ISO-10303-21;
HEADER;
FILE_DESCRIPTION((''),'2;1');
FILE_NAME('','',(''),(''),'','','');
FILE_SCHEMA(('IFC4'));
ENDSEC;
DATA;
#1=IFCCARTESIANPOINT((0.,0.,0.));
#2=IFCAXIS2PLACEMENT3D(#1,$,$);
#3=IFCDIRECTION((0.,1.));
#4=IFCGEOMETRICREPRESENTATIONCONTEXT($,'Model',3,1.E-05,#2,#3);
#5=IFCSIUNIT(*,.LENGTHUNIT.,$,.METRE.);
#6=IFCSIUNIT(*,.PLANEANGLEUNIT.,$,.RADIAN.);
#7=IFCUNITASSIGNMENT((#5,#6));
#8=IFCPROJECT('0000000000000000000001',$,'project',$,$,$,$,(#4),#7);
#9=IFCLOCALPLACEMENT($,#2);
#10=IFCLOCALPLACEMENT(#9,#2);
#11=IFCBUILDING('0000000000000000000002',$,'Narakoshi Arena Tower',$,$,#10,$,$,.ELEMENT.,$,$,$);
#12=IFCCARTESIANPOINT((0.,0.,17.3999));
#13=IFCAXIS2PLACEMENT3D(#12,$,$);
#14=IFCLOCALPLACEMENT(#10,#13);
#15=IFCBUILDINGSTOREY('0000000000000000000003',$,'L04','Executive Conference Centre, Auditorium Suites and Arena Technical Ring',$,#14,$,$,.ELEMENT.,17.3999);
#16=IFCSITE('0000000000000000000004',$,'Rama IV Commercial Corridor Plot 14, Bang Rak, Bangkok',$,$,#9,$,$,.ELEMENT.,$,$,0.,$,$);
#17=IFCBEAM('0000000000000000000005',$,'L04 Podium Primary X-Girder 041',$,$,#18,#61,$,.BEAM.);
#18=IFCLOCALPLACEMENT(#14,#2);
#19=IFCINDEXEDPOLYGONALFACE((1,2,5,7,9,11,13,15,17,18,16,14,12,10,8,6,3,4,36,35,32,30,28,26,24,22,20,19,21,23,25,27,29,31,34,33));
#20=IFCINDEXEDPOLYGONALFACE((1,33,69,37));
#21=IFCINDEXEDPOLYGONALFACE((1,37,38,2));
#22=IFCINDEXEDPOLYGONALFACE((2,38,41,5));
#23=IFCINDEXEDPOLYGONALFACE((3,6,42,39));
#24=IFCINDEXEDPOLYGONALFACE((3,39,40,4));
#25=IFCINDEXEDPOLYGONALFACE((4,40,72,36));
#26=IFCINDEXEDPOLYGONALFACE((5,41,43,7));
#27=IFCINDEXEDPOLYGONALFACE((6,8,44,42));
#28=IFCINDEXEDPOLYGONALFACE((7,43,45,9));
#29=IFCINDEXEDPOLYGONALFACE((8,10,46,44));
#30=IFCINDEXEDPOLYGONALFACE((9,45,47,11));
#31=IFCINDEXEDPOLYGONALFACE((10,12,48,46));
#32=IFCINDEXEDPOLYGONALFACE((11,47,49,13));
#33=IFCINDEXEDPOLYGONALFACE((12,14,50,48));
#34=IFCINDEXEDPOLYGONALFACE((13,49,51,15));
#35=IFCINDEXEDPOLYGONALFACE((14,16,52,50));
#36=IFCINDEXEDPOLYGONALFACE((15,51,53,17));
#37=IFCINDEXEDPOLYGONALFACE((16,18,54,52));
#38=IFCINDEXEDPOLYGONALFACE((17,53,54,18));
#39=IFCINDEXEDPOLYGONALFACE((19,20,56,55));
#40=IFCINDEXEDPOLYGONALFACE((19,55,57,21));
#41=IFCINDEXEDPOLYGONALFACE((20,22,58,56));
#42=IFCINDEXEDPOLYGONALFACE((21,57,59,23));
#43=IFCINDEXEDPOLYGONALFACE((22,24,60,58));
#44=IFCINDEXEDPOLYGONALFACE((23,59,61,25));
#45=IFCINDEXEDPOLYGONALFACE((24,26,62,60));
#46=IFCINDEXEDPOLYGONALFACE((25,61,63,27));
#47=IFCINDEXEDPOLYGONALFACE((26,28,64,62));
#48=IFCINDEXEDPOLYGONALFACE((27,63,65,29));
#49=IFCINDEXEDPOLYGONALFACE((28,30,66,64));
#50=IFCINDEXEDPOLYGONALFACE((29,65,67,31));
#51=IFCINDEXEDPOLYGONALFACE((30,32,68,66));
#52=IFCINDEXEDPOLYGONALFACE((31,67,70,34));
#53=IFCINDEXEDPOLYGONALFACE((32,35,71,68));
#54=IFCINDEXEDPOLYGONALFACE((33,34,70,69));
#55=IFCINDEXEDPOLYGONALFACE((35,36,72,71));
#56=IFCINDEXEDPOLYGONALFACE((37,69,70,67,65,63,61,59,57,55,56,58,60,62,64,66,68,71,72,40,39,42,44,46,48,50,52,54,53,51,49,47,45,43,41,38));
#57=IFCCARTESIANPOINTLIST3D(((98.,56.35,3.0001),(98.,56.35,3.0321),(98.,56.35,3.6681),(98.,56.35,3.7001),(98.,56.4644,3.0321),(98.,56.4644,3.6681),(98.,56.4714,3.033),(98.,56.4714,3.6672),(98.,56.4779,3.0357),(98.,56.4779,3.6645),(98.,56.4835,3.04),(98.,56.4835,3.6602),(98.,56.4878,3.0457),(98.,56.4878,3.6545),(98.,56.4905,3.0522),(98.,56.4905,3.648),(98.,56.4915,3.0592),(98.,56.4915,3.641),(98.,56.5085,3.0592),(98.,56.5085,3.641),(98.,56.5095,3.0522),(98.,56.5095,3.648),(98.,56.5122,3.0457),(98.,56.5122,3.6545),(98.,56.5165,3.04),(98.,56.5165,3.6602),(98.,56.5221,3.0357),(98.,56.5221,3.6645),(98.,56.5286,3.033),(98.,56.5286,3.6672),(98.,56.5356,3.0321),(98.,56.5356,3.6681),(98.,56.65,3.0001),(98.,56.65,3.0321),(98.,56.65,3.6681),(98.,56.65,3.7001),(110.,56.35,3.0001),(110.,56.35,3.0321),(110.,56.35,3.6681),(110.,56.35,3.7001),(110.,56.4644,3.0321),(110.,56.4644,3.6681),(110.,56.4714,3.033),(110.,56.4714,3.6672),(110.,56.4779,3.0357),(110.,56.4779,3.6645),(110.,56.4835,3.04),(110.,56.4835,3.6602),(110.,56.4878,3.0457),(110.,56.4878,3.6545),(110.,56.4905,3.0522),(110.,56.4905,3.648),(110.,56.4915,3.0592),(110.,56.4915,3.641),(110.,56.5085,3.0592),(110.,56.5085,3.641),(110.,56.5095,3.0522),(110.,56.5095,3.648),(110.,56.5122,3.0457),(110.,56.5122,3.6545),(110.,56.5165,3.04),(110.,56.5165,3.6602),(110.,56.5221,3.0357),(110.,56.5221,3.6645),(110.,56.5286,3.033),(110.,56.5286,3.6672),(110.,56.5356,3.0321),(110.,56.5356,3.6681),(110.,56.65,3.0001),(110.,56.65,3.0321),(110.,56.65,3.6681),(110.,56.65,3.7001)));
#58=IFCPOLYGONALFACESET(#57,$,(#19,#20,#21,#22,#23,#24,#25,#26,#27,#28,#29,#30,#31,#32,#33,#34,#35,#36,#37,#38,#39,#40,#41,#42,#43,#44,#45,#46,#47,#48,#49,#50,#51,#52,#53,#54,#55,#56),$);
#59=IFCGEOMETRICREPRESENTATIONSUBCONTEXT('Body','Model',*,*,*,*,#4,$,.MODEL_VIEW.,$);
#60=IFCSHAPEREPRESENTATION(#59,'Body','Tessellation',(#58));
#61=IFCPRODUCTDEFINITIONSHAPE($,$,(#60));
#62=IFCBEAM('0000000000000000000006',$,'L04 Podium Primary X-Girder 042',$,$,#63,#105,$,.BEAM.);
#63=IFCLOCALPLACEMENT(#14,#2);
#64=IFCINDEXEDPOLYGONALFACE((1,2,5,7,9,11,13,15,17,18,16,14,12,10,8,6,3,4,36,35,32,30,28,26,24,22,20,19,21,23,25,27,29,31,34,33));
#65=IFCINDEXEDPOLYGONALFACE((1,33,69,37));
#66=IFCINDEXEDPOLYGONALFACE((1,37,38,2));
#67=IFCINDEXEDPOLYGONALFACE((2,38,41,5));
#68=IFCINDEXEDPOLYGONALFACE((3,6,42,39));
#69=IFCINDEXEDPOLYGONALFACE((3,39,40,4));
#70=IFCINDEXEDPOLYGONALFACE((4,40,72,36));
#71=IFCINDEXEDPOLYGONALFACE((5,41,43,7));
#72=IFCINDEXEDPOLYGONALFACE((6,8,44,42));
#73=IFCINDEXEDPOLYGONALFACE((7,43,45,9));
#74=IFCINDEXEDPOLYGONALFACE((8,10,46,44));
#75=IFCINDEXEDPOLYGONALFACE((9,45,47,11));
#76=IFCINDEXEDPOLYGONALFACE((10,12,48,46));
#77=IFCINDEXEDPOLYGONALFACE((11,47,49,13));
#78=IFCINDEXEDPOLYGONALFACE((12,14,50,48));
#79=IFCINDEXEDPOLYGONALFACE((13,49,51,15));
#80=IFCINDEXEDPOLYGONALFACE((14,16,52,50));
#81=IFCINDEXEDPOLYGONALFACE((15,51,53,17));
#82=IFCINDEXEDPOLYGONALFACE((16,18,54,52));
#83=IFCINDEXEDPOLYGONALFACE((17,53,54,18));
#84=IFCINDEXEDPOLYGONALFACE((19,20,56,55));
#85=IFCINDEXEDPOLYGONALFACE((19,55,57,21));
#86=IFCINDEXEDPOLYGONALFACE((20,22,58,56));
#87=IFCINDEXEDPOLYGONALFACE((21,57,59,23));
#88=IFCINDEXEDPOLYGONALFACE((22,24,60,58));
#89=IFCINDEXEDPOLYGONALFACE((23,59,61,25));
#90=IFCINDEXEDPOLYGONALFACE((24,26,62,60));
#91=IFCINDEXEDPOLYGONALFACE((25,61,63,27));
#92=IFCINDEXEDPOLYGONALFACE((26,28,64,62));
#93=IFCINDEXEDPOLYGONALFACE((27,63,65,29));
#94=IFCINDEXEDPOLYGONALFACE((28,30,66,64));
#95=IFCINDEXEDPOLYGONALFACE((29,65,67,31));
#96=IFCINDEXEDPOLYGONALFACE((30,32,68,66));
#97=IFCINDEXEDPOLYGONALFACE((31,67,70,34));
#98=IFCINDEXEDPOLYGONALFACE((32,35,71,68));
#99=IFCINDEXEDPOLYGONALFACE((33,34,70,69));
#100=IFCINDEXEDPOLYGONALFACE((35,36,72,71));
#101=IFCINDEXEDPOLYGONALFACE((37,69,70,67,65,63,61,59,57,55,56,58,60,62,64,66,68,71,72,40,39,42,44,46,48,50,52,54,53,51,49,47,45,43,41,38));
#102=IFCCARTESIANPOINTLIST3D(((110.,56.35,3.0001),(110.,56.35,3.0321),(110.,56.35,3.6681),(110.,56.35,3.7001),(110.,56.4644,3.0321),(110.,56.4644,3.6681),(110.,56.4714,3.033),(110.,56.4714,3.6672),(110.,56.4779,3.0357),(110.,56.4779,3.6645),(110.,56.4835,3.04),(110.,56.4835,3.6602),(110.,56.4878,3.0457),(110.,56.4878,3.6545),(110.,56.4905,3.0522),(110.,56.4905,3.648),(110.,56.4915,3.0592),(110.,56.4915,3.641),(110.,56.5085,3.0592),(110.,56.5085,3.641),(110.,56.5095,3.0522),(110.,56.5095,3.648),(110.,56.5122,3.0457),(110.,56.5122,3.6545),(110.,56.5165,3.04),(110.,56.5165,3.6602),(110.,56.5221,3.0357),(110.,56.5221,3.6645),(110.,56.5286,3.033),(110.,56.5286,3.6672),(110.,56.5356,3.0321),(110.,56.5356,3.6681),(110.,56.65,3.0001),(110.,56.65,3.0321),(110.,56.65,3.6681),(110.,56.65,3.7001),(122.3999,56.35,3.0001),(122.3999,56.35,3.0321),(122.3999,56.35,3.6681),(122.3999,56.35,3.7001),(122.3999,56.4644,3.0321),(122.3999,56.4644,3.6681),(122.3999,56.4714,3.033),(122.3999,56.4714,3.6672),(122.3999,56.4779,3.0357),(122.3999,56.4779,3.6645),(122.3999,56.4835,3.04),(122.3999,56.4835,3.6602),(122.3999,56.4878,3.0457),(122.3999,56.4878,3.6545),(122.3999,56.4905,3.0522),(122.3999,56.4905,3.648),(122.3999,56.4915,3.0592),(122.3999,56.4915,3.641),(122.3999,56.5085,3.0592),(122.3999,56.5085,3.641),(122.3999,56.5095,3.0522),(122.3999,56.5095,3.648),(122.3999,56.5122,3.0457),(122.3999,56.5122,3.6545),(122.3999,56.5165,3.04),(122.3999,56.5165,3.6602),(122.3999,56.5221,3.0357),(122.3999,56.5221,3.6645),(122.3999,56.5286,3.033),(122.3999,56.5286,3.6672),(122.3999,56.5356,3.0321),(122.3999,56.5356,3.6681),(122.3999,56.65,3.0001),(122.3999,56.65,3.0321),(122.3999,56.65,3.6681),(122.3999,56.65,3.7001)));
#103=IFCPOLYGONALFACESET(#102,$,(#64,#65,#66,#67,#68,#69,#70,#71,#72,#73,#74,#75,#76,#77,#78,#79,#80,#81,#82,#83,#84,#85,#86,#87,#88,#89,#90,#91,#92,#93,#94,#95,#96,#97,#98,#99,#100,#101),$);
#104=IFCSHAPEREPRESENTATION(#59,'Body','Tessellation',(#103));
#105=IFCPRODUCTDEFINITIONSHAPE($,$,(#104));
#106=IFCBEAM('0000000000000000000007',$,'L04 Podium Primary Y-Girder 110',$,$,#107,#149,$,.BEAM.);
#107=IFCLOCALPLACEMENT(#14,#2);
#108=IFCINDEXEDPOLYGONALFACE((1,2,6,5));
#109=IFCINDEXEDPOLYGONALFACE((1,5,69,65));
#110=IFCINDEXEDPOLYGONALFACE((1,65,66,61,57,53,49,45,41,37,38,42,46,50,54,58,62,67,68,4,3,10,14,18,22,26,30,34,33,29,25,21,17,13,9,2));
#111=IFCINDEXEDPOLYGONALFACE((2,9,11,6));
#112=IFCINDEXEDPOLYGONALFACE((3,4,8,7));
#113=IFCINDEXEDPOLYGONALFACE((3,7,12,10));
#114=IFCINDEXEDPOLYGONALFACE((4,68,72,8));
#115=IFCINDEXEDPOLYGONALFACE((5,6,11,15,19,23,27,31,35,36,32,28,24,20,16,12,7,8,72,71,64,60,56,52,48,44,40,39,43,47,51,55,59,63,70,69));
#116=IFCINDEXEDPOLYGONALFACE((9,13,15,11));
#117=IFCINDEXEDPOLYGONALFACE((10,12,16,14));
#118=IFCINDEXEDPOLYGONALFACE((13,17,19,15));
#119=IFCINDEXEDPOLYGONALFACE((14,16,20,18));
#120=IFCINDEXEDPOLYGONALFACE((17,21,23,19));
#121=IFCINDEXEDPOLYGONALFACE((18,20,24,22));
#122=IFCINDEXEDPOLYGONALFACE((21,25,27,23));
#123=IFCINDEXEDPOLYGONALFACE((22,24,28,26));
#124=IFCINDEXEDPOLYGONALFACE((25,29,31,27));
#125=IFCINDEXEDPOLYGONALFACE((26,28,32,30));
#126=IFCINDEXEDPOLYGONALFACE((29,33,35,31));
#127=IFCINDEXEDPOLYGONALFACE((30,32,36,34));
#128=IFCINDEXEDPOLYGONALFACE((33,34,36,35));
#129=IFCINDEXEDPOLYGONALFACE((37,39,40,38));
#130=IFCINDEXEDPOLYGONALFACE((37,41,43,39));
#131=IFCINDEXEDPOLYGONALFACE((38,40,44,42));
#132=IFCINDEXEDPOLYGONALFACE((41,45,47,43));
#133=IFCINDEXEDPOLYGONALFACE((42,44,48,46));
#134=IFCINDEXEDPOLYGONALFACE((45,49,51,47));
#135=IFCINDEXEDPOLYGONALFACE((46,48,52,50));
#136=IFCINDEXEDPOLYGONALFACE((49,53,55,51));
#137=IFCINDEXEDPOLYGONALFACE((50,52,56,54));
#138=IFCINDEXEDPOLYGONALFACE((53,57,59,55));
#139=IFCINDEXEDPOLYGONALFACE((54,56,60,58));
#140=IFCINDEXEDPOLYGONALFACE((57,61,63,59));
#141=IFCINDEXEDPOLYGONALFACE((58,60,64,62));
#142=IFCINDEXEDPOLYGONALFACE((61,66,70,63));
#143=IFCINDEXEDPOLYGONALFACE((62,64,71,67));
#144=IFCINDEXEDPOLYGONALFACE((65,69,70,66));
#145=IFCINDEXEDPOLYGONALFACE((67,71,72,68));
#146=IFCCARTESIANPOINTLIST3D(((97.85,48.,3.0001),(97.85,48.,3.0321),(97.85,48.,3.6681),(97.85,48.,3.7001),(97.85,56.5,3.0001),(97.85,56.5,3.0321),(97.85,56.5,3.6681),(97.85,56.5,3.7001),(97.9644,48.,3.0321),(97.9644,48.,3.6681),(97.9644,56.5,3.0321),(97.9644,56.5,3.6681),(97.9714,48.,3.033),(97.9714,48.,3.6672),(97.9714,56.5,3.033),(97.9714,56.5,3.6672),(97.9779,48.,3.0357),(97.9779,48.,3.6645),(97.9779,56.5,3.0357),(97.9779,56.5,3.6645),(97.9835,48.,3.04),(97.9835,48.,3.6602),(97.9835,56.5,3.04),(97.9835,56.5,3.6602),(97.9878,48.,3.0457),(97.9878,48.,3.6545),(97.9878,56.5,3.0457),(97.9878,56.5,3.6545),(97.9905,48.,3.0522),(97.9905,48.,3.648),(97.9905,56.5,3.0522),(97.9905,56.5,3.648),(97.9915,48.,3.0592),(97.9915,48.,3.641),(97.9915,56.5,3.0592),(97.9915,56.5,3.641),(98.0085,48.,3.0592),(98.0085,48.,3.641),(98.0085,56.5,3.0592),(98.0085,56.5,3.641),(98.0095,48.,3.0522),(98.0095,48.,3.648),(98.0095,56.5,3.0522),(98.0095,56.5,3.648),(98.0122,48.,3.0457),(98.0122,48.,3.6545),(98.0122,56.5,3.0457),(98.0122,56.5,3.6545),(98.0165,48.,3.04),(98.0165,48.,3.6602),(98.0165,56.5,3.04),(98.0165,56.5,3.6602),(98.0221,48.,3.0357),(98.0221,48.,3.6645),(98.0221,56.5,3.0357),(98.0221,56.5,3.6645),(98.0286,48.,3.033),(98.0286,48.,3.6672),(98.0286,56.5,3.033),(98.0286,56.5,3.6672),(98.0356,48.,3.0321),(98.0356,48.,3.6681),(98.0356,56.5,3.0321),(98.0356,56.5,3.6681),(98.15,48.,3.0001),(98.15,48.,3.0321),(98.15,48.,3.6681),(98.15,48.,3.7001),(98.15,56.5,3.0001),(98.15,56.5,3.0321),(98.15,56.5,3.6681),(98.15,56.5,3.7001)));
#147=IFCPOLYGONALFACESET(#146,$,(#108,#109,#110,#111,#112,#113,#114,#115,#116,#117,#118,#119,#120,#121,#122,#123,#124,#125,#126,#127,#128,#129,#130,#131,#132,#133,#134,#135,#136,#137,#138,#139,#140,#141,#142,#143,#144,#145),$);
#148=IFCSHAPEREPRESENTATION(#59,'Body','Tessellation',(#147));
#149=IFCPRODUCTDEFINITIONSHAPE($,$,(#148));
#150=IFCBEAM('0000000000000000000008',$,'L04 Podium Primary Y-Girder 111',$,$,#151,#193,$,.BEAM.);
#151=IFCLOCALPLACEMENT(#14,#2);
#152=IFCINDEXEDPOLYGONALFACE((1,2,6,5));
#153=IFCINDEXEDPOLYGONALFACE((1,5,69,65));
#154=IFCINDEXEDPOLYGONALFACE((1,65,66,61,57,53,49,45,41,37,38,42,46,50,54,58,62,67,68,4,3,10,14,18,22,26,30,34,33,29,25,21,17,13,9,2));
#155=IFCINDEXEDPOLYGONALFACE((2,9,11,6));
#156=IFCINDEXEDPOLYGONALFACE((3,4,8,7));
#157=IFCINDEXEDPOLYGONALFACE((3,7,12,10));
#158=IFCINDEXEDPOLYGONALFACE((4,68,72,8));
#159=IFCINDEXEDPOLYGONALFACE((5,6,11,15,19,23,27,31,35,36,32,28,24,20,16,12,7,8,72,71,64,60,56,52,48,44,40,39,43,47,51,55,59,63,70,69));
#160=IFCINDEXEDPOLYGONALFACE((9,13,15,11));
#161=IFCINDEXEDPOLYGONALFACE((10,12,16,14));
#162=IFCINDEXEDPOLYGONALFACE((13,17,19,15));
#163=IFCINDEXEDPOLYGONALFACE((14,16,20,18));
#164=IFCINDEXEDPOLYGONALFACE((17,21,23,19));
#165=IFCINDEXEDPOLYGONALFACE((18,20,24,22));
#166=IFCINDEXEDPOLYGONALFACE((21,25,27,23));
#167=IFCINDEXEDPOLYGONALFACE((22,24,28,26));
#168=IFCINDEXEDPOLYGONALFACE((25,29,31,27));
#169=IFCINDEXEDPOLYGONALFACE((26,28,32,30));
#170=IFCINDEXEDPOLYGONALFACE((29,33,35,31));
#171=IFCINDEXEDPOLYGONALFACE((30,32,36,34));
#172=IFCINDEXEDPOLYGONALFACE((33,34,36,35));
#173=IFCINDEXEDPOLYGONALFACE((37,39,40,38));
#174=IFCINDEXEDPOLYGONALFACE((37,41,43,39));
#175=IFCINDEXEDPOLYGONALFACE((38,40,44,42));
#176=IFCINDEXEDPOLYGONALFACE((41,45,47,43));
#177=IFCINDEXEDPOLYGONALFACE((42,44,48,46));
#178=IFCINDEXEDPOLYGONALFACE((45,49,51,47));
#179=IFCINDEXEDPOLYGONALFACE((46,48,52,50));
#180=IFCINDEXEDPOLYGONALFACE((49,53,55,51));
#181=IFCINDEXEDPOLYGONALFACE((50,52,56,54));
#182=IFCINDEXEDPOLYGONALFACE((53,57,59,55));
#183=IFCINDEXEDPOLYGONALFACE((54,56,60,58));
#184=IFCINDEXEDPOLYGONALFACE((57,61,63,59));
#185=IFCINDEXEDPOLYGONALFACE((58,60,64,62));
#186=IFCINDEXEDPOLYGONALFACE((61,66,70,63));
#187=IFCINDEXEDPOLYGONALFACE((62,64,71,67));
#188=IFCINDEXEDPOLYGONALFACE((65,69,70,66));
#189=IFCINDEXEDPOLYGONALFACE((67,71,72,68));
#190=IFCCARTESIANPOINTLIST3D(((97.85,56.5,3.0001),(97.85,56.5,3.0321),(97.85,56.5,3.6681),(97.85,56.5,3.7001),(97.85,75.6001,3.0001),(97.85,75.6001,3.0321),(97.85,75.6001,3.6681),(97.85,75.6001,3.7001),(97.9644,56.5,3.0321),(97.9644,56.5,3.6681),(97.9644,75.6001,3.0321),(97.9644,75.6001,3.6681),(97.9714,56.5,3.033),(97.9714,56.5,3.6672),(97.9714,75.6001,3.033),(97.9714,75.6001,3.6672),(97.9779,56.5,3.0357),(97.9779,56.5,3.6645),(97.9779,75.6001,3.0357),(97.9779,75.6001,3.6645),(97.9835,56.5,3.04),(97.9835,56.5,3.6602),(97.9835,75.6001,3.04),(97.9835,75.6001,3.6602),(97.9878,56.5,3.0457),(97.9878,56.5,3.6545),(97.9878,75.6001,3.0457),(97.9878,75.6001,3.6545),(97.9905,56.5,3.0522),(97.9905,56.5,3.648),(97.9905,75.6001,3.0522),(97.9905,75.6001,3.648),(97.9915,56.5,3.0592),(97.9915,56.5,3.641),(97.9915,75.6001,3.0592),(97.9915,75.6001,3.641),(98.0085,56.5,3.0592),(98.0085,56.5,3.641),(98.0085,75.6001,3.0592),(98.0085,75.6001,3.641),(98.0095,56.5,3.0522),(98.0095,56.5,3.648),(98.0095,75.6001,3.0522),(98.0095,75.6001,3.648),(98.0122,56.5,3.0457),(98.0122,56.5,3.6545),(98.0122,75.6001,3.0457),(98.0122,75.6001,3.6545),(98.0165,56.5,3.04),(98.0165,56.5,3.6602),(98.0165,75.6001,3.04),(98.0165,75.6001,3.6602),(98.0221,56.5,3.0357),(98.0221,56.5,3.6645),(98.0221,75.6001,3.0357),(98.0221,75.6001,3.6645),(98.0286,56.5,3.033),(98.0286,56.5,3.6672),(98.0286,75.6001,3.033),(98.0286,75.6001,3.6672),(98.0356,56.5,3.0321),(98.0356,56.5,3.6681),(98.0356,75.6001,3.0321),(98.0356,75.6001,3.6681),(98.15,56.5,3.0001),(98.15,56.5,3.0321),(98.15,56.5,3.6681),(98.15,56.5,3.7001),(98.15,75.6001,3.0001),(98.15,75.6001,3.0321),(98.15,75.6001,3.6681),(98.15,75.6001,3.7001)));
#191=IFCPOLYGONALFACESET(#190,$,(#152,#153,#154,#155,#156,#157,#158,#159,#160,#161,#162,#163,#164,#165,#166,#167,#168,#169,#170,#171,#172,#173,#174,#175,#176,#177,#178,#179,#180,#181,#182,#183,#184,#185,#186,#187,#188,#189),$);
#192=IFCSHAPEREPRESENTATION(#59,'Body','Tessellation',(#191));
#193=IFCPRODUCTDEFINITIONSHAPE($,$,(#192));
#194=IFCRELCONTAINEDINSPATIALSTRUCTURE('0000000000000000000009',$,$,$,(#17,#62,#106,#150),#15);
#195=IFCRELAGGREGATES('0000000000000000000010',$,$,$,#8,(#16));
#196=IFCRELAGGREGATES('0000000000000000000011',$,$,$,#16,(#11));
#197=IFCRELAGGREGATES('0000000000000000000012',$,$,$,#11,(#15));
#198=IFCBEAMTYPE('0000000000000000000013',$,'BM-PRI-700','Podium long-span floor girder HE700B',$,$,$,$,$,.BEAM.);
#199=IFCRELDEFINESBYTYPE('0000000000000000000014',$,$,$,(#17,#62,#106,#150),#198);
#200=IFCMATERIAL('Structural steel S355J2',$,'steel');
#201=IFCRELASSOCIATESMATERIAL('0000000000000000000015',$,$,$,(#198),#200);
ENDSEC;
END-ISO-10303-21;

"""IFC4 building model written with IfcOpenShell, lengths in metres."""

from ifc_helpers import new_model, si_unit, direction, frame, origin, origin_2d, place, context, subcontext, project, spatial, i_section, extrude, material, material_profile, profile_set, type_object, element, save


model = new_model("IFC4")

# Units and contexts
model_context = context("Model", 3, precision=1e-05, world=origin(), true_north=direction((0.0, 1.0)))
body_context = subcontext(model_context, "Body", "Model", "MODEL_VIEW")
ifc_project = project(units=[si_unit("LENGTHUNIT", "METRE"), si_unit("PLANEANGLEUNIT", "RADIAN")], contexts=[model_context])

# Site, building, storey
site_placement = place(None, origin())
site = spatial("IfcSite", under=ifc_project, at=site_placement, Name="Rama IV Commercial Corridor Plot 14, Bang Rak, Bangkok", CompositionType="ELEMENT", RefElevation=0.0)
building_placement = place(site_placement, origin())
building = spatial("IfcBuilding", under=site, at=building_placement, Name="Narakoshi Arena Tower", CompositionType="ELEMENT")
storey_placement = place(building_placement, frame((0.0, 0.0, 17.3999)))
storey = spatial("IfcBuildingStorey", under=building, at=storey_placement, Name="L04", Description="Executive Conference Centre, Auditorium Suites and Arena Technical Ring", CompositionType="ELEMENT", Elevation=17.3999)

# Beams
ifc_material_1 = material(Name="Structural steel S355J2", Category="steel")
ifc_material_profile_1 = material_profile(ifc_material_1, i_section(OverallWidth=0.3, OverallDepth=0.7, WebThickness=0.0171, FlangeThickness=0.032, FilletRadius=0.0271, at=origin_2d()), Name="HE700B")
ifc_profile_set_1 = profile_set([ifc_material_profile_1], Name="Structural steel S355J2")
beam_type_1 = type_object("IfcBeamType", Name="BM-PRI-700", Description="Podium long-span floor girder HE700B", PredefinedType="BEAM", material=ifc_profile_set_1)
beam_1_placement = place(storey_placement, frame((98.0, 56.5, 3.3501), z_axis=(1.0, 0.0, 0.0), x_axis=(0.0, 1.0, 0.0)))
element("IfcBeam", 1, at=beam_1_placement, inside=storey, type_object=beam_type_1, Name="L04 Podium Primary X-Girder 041", PredefinedType="BEAM", context=body_context, shape_type="SweptSolid", body=[
    extrude(i_section(OverallWidth=0.3, OverallDepth=0.7, WebThickness=0.0171, FlangeThickness=0.032, FilletRadius=0.0271, at=origin_2d()), origin(), (0.0, 0.0, 1.0), 12.0),
])
beam_2_placement = place(storey_placement, frame((110.0, 56.5, 3.3501), z_axis=(1.0, 0.0, 0.0), x_axis=(0.0, 1.0, 0.0)))
element("IfcBeam", 2, at=beam_2_placement, inside=storey, type_object=beam_type_1, Name="L04 Podium Primary X-Girder 042", PredefinedType="BEAM", context=body_context, shape_type="SweptSolid", body=[
    extrude(i_section(OverallWidth=0.3, OverallDepth=0.7, WebThickness=0.0171, FlangeThickness=0.032, FilletRadius=0.0271, at=origin_2d()), origin(), (0.0, 0.0, 1.0), 12.3999),
])
beam_3_placement = place(storey_placement, frame((98.0, 48.0, 3.3501), z_axis=(0.0, 1.0, 0.0), x_axis=(-1.0, 0.0, 0.0)))
element("IfcBeam", 3, at=beam_3_placement, inside=storey, type_object=beam_type_1, Name="L04 Podium Primary Y-Girder 110", PredefinedType="BEAM", context=body_context, shape_type="SweptSolid", body=[
    extrude(i_section(OverallWidth=0.3, OverallDepth=0.7, WebThickness=0.0171, FlangeThickness=0.032, FilletRadius=0.0271, at=origin_2d()), origin(), (0.0, 0.0, 1.0), 8.5),
])
beam_4_placement = place(storey_placement, frame((98.0, 56.5, 3.3501), z_axis=(0.0, 1.0, 0.0), x_axis=(-1.0, 0.0, 0.0)))
element("IfcBeam", 4, at=beam_4_placement, inside=storey, type_object=beam_type_1, Name="L04 Podium Primary Y-Girder 111", PredefinedType="BEAM", context=body_context, shape_type="SweptSolid", body=[
    extrude(i_section(OverallWidth=0.3, OverallDepth=0.7, WebThickness=0.0171, FlangeThickness=0.032, FilletRadius=0.0271, at=origin_2d()), origin(), (0.0, 0.0, 1.0), 19.1001),
])

save(model, "model.ifc")
